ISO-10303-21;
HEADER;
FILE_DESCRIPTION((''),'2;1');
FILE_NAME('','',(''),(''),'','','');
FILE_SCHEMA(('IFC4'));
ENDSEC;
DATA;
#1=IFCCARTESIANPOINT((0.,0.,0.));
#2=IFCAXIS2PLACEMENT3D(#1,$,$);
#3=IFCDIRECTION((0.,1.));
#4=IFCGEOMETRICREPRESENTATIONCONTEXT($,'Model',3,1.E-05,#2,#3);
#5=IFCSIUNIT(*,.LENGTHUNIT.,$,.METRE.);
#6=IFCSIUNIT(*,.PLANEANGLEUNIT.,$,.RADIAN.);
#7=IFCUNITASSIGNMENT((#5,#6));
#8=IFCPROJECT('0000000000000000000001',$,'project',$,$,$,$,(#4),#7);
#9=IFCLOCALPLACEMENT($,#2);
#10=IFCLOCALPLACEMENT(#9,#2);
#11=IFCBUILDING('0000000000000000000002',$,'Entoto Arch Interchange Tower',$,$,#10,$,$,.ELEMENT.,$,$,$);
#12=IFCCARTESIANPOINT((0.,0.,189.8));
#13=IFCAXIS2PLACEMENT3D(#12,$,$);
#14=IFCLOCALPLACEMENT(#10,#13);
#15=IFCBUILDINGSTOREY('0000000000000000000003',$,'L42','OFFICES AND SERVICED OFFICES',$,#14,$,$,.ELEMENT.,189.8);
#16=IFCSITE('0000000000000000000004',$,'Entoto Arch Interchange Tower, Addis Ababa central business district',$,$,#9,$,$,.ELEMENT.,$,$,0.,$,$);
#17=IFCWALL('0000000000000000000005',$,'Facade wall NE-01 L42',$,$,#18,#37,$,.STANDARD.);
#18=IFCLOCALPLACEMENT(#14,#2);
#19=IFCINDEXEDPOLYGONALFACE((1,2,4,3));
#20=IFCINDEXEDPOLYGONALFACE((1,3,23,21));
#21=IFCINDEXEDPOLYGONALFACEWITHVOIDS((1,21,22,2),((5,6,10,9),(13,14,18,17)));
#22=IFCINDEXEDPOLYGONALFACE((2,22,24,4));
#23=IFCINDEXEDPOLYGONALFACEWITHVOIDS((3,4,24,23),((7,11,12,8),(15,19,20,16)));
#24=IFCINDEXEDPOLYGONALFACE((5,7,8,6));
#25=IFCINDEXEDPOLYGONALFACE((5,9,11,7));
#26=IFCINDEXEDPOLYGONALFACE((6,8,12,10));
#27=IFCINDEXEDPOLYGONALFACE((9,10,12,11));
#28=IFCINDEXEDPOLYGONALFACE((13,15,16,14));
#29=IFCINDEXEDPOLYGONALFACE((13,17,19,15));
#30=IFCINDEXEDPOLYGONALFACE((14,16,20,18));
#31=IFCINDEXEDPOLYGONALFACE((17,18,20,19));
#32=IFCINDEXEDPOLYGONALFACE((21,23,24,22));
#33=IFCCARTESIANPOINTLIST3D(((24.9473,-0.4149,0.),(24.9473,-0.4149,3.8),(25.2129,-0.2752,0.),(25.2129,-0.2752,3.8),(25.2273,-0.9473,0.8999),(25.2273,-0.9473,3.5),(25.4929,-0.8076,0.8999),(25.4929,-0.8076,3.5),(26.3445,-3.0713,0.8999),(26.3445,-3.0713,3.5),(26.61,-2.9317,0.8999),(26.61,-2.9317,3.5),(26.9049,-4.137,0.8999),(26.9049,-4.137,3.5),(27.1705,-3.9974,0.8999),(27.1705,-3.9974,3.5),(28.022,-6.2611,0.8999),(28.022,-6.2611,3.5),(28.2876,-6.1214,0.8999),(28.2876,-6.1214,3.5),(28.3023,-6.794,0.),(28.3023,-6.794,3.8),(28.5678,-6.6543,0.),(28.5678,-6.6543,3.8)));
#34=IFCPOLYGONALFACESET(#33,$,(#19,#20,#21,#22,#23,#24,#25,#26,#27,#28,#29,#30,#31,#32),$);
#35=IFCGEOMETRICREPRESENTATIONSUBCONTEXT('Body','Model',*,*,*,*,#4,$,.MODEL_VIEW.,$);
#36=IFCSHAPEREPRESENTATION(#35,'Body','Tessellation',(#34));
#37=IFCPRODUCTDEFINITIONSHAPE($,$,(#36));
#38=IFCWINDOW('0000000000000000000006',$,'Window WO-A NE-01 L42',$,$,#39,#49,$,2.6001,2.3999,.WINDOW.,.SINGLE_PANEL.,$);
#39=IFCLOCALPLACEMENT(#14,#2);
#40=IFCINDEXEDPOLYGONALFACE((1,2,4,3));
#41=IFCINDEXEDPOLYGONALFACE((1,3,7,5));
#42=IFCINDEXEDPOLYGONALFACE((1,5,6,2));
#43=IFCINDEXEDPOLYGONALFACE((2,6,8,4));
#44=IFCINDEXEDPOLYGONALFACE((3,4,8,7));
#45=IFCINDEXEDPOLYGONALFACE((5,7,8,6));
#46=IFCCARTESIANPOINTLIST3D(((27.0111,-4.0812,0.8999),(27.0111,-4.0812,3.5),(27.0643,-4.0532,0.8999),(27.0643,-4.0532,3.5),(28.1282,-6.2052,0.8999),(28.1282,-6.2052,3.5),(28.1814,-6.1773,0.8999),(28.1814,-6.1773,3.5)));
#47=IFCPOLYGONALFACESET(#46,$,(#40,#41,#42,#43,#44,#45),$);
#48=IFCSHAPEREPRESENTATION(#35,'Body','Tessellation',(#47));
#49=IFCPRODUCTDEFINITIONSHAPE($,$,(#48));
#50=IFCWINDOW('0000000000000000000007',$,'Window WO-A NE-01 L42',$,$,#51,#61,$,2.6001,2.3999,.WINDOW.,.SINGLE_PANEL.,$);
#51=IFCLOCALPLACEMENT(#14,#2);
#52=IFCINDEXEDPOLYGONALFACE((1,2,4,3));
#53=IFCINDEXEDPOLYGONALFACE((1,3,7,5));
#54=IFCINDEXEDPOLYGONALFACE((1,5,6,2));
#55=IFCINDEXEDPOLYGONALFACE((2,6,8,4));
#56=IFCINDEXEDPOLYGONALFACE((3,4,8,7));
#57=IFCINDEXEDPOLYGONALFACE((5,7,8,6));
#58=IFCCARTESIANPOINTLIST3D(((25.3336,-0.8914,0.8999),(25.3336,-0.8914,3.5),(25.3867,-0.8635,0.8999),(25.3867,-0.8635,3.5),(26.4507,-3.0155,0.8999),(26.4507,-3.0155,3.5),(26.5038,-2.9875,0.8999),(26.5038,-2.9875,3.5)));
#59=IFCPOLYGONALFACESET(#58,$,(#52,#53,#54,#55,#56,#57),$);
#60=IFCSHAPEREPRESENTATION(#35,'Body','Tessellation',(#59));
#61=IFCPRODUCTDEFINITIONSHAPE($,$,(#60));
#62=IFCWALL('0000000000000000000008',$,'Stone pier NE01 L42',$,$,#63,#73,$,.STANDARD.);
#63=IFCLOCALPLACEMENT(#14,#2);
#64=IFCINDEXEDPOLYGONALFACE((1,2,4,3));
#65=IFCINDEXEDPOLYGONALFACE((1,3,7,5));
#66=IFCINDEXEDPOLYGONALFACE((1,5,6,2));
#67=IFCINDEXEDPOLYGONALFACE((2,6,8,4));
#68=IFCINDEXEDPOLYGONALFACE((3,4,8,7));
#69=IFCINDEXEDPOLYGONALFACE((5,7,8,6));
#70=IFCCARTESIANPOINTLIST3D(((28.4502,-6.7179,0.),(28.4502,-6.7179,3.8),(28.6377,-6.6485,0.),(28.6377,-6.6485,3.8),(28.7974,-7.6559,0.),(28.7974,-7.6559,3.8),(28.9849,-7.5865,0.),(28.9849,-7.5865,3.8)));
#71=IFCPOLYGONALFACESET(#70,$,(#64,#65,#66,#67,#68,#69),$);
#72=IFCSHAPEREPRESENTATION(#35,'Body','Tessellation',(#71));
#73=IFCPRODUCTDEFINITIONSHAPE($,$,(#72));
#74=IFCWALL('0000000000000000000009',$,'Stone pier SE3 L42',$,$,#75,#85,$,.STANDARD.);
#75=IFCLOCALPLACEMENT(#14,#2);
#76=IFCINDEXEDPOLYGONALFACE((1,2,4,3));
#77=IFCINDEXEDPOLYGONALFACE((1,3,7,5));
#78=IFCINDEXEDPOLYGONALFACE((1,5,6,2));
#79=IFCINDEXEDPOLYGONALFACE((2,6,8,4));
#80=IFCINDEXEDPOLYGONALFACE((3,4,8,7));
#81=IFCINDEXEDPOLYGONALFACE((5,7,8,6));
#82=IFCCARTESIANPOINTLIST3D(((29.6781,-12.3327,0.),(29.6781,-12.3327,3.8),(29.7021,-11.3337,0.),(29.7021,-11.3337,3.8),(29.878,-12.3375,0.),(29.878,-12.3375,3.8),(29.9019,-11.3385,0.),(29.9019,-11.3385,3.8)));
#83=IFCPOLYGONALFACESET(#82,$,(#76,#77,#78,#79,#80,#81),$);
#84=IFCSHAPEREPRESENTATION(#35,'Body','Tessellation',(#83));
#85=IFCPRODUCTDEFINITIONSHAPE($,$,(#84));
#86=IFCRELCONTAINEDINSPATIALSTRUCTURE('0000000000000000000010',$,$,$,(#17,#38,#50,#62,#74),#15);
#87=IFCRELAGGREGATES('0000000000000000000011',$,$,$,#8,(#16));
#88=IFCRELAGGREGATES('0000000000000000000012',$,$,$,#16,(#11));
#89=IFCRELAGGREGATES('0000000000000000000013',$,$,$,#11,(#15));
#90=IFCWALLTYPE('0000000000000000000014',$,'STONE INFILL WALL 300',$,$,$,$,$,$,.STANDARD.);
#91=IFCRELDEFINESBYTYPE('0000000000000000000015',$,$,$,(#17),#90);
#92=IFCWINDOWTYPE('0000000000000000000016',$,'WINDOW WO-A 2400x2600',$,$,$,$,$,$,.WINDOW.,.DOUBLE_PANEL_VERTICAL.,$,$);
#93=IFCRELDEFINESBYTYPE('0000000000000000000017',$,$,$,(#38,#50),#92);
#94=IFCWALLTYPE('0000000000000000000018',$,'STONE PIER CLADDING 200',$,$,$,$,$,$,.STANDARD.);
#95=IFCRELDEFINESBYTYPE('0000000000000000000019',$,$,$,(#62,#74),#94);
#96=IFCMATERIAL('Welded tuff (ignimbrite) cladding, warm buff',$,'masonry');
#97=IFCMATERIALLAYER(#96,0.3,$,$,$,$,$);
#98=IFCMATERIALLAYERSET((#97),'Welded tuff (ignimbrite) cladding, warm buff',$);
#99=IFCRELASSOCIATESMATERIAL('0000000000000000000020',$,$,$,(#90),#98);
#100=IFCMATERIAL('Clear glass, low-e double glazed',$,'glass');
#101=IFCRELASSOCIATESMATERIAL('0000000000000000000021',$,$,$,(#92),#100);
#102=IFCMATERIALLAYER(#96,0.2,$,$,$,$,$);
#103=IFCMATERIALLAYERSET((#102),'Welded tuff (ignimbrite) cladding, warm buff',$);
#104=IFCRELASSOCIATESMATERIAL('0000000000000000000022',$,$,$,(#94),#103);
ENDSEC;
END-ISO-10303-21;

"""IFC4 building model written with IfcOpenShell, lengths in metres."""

from ifc_helpers import new_model, si_unit, direction, frame, frame_2d, origin, place, context, subcontext, project, spatial, rectangle, extrude, material, layer, layer_set, type_object, element, fill, save


model = new_model("IFC4")

# Units and contexts
model_context = context("Model", 3, precision=1e-05, world=origin(), true_north=direction((0.0, 1.0)))
body_context = subcontext(model_context, "Body", "Model", "MODEL_VIEW")
ifc_project = project(units=[si_unit("LENGTHUNIT", "METRE"), si_unit("PLANEANGLEUNIT", "RADIAN")], contexts=[model_context])

# Site, building, storey
site_placement = place(None, origin())
site = spatial("IfcSite", under=ifc_project, at=site_placement, Name="Entoto Arch Interchange Tower, Addis Ababa central business district", CompositionType="ELEMENT", RefElevation=0.0)
building_placement = place(site_placement, origin())
building = spatial("IfcBuilding", under=site, at=building_placement, Name="Entoto Arch Interchange Tower", CompositionType="ELEMENT")
storey_placement = place(building_placement, frame((0.0, 0.0, 189.8)))
storey = spatial("IfcBuildingStorey", under=building, at=storey_placement, Name="L42", Description="OFFICES AND SERVICED OFFICES", CompositionType="ELEMENT", Elevation=189.8)

# Shared definitions
ifc_material_1 = material(Name="Welded tuff (ignimbrite) cladding, warm buff", Category="masonry")
ifc_layer_1 = layer(ifc_material_1, 0.3)
ifc_layer_set_1 = layer_set([ifc_layer_1], Name="Welded tuff (ignimbrite) cladding, warm buff")
wall_type_1 = type_object("IfcWallType", Name="STONE INFILL WALL 300", PredefinedType="STANDARD", material=ifc_layer_set_1)
ifc_material_2 = material(Name="Clear glass, low-e double glazed", Category="glass")

# Wall, openings, windows
wall_1_placement = place(storey_placement, frame((28.4351, -6.7241, 0.0), z_axis=(0.0, 0.0, 1.0), x_axis=(-0.465478, 0.885059, 0.0)))
wall_1 = element("IfcWall", 1, at=wall_1_placement, inside=storey, type_object=wall_type_1, Name="Facade wall NE-01 L42", PredefinedType="STANDARD", context=body_context, shape_type="SweptSolid", body=[
    extrude(rectangle(XDim=7.2075, YDim=0.3, at=frame_2d((3.6038, 0.0))), origin(), (0.0, 0.0, 1.0), 3.8),
])
opening_1_placement = place(wall_1_placement, frame((0.6021, 0.0, 0.8999)))
opening_1 = element("IfcOpeningElement", 2, at=opening_1_placement, cuts=wall_1, PredefinedType="OPENING", context=body_context, shape_type="SweptSolid", body=[
    extrude(rectangle(XDim=2.3999, YDim=2.6001, at=frame_2d((1.2, 1.3))), frame((0.0, 0.1602, 0.0), z_axis=(0.0, -1.0, 0.0), x_axis=(1.0, 0.0, 0.0)), (0.0, 0.0, 1.0), 0.3201),
])
opening_2_placement = place(wall_1_placement, frame((4.2061, 0.0, 0.8999)))
opening_2 = element("IfcOpeningElement", 3, at=opening_2_placement, cuts=wall_1, PredefinedType="OPENING", context=body_context, shape_type="SweptSolid", body=[
    extrude(rectangle(XDim=2.3999, YDim=2.6001, at=frame_2d((1.2, 1.3))), frame((0.0, 0.1602, 0.0), z_axis=(0.0, -1.0, 0.0), x_axis=(1.0, 0.0, 0.0)), (0.0, 0.0, 1.0), 0.3201),
])
window_type_1 = type_object("IfcWindowType", Name="WINDOW WO-A 2400x2600", PartitioningType="DOUBLE_PANEL_VERTICAL", PredefinedType="WINDOW", material=ifc_material_2)
window_1_placement = place(opening_1_placement, origin())
window_1 = element("IfcWindow", 4, at=window_1_placement, inside=storey, type_object=window_type_1, Name="Window WO-A NE-01 L42", OverallHeight=2.6001, OverallWidth=2.3999, PartitioningType="SINGLE_PANEL", PredefinedType="WINDOW", context=body_context, shape_type="SweptSolid", body=[
    extrude(rectangle(XDim=2.3999, YDim=2.6001, at=frame_2d((1.2, 1.3))), frame((0.0, 0.03, 0.0), z_axis=(0.0, -1.0, 0.0), x_axis=(1.0, 0.0, 0.0)), (0.0, 0.0, 1.0), 0.0601),
])
fill(opening_1, window_1)
window_2_placement = place(opening_2_placement, origin())
window_2 = element("IfcWindow", 5, at=window_2_placement, inside=storey, type_object=window_type_1, Name="Window WO-A NE-01 L42", OverallHeight=2.6001, OverallWidth=2.3999, PartitioningType="SINGLE_PANEL", PredefinedType="WINDOW", context=body_context, shape_type="SweptSolid", body=[
    extrude(rectangle(XDim=2.3999, YDim=2.6001, at=frame_2d((1.2, 1.3))), frame((0.0, 0.03, 0.0), z_axis=(0.0, -1.0, 0.0), x_axis=(1.0, 0.0, 0.0)), (0.0, 0.0, 1.0), 0.0601),
])
fill(opening_2, window_2)

# Walls
ifc_layer_2 = layer(ifc_material_1, 0.2)
ifc_layer_set_2 = layer_set([ifc_layer_2], Name="Welded tuff (ignimbrite) cladding, warm buff")
wall_type_2 = type_object("IfcWallType", Name="STONE PIER CLADDING 200", PredefinedType="STANDARD", material=ifc_layer_set_2)
wall_2_placement = place(storey_placement, frame((28.8911, -7.6211, 0.0), z_axis=(0.0, 0.0, 1.0), x_axis=(-0.347108, 0.937825, 0.0)))
element("IfcWall", 6, at=wall_2_placement, inside=storey, type_object=wall_type_2, Name="Stone pier NE01 L42", PredefinedType="STANDARD", context=body_context, shape_type="SweptSolid", body=[
    extrude(rectangle(XDim=1.0002, YDim=0.2, at=frame_2d((0.5, 0.0))), origin(), (0.0, 0.0, 1.0), 3.8),
])
wall_3_placement = place(storey_placement, frame((29.7781, -12.335, 0.0), z_axis=(0.0, 0.0, 1.0), x_axis=(0.023942, 0.999713, 0.0)))
element("IfcWall", 7, at=wall_3_placement, inside=storey, type_object=wall_type_2, Name="Stone pier SE3 L42", PredefinedType="STANDARD", context=body_context, shape_type="SweptSolid", body=[
    extrude(rectangle(XDim=0.9993, YDim=0.2, at=frame_2d((0.4995, 0.0))), origin(), (0.0, 0.0, 1.0), 3.8),
])

save(model, "model.ifc")
